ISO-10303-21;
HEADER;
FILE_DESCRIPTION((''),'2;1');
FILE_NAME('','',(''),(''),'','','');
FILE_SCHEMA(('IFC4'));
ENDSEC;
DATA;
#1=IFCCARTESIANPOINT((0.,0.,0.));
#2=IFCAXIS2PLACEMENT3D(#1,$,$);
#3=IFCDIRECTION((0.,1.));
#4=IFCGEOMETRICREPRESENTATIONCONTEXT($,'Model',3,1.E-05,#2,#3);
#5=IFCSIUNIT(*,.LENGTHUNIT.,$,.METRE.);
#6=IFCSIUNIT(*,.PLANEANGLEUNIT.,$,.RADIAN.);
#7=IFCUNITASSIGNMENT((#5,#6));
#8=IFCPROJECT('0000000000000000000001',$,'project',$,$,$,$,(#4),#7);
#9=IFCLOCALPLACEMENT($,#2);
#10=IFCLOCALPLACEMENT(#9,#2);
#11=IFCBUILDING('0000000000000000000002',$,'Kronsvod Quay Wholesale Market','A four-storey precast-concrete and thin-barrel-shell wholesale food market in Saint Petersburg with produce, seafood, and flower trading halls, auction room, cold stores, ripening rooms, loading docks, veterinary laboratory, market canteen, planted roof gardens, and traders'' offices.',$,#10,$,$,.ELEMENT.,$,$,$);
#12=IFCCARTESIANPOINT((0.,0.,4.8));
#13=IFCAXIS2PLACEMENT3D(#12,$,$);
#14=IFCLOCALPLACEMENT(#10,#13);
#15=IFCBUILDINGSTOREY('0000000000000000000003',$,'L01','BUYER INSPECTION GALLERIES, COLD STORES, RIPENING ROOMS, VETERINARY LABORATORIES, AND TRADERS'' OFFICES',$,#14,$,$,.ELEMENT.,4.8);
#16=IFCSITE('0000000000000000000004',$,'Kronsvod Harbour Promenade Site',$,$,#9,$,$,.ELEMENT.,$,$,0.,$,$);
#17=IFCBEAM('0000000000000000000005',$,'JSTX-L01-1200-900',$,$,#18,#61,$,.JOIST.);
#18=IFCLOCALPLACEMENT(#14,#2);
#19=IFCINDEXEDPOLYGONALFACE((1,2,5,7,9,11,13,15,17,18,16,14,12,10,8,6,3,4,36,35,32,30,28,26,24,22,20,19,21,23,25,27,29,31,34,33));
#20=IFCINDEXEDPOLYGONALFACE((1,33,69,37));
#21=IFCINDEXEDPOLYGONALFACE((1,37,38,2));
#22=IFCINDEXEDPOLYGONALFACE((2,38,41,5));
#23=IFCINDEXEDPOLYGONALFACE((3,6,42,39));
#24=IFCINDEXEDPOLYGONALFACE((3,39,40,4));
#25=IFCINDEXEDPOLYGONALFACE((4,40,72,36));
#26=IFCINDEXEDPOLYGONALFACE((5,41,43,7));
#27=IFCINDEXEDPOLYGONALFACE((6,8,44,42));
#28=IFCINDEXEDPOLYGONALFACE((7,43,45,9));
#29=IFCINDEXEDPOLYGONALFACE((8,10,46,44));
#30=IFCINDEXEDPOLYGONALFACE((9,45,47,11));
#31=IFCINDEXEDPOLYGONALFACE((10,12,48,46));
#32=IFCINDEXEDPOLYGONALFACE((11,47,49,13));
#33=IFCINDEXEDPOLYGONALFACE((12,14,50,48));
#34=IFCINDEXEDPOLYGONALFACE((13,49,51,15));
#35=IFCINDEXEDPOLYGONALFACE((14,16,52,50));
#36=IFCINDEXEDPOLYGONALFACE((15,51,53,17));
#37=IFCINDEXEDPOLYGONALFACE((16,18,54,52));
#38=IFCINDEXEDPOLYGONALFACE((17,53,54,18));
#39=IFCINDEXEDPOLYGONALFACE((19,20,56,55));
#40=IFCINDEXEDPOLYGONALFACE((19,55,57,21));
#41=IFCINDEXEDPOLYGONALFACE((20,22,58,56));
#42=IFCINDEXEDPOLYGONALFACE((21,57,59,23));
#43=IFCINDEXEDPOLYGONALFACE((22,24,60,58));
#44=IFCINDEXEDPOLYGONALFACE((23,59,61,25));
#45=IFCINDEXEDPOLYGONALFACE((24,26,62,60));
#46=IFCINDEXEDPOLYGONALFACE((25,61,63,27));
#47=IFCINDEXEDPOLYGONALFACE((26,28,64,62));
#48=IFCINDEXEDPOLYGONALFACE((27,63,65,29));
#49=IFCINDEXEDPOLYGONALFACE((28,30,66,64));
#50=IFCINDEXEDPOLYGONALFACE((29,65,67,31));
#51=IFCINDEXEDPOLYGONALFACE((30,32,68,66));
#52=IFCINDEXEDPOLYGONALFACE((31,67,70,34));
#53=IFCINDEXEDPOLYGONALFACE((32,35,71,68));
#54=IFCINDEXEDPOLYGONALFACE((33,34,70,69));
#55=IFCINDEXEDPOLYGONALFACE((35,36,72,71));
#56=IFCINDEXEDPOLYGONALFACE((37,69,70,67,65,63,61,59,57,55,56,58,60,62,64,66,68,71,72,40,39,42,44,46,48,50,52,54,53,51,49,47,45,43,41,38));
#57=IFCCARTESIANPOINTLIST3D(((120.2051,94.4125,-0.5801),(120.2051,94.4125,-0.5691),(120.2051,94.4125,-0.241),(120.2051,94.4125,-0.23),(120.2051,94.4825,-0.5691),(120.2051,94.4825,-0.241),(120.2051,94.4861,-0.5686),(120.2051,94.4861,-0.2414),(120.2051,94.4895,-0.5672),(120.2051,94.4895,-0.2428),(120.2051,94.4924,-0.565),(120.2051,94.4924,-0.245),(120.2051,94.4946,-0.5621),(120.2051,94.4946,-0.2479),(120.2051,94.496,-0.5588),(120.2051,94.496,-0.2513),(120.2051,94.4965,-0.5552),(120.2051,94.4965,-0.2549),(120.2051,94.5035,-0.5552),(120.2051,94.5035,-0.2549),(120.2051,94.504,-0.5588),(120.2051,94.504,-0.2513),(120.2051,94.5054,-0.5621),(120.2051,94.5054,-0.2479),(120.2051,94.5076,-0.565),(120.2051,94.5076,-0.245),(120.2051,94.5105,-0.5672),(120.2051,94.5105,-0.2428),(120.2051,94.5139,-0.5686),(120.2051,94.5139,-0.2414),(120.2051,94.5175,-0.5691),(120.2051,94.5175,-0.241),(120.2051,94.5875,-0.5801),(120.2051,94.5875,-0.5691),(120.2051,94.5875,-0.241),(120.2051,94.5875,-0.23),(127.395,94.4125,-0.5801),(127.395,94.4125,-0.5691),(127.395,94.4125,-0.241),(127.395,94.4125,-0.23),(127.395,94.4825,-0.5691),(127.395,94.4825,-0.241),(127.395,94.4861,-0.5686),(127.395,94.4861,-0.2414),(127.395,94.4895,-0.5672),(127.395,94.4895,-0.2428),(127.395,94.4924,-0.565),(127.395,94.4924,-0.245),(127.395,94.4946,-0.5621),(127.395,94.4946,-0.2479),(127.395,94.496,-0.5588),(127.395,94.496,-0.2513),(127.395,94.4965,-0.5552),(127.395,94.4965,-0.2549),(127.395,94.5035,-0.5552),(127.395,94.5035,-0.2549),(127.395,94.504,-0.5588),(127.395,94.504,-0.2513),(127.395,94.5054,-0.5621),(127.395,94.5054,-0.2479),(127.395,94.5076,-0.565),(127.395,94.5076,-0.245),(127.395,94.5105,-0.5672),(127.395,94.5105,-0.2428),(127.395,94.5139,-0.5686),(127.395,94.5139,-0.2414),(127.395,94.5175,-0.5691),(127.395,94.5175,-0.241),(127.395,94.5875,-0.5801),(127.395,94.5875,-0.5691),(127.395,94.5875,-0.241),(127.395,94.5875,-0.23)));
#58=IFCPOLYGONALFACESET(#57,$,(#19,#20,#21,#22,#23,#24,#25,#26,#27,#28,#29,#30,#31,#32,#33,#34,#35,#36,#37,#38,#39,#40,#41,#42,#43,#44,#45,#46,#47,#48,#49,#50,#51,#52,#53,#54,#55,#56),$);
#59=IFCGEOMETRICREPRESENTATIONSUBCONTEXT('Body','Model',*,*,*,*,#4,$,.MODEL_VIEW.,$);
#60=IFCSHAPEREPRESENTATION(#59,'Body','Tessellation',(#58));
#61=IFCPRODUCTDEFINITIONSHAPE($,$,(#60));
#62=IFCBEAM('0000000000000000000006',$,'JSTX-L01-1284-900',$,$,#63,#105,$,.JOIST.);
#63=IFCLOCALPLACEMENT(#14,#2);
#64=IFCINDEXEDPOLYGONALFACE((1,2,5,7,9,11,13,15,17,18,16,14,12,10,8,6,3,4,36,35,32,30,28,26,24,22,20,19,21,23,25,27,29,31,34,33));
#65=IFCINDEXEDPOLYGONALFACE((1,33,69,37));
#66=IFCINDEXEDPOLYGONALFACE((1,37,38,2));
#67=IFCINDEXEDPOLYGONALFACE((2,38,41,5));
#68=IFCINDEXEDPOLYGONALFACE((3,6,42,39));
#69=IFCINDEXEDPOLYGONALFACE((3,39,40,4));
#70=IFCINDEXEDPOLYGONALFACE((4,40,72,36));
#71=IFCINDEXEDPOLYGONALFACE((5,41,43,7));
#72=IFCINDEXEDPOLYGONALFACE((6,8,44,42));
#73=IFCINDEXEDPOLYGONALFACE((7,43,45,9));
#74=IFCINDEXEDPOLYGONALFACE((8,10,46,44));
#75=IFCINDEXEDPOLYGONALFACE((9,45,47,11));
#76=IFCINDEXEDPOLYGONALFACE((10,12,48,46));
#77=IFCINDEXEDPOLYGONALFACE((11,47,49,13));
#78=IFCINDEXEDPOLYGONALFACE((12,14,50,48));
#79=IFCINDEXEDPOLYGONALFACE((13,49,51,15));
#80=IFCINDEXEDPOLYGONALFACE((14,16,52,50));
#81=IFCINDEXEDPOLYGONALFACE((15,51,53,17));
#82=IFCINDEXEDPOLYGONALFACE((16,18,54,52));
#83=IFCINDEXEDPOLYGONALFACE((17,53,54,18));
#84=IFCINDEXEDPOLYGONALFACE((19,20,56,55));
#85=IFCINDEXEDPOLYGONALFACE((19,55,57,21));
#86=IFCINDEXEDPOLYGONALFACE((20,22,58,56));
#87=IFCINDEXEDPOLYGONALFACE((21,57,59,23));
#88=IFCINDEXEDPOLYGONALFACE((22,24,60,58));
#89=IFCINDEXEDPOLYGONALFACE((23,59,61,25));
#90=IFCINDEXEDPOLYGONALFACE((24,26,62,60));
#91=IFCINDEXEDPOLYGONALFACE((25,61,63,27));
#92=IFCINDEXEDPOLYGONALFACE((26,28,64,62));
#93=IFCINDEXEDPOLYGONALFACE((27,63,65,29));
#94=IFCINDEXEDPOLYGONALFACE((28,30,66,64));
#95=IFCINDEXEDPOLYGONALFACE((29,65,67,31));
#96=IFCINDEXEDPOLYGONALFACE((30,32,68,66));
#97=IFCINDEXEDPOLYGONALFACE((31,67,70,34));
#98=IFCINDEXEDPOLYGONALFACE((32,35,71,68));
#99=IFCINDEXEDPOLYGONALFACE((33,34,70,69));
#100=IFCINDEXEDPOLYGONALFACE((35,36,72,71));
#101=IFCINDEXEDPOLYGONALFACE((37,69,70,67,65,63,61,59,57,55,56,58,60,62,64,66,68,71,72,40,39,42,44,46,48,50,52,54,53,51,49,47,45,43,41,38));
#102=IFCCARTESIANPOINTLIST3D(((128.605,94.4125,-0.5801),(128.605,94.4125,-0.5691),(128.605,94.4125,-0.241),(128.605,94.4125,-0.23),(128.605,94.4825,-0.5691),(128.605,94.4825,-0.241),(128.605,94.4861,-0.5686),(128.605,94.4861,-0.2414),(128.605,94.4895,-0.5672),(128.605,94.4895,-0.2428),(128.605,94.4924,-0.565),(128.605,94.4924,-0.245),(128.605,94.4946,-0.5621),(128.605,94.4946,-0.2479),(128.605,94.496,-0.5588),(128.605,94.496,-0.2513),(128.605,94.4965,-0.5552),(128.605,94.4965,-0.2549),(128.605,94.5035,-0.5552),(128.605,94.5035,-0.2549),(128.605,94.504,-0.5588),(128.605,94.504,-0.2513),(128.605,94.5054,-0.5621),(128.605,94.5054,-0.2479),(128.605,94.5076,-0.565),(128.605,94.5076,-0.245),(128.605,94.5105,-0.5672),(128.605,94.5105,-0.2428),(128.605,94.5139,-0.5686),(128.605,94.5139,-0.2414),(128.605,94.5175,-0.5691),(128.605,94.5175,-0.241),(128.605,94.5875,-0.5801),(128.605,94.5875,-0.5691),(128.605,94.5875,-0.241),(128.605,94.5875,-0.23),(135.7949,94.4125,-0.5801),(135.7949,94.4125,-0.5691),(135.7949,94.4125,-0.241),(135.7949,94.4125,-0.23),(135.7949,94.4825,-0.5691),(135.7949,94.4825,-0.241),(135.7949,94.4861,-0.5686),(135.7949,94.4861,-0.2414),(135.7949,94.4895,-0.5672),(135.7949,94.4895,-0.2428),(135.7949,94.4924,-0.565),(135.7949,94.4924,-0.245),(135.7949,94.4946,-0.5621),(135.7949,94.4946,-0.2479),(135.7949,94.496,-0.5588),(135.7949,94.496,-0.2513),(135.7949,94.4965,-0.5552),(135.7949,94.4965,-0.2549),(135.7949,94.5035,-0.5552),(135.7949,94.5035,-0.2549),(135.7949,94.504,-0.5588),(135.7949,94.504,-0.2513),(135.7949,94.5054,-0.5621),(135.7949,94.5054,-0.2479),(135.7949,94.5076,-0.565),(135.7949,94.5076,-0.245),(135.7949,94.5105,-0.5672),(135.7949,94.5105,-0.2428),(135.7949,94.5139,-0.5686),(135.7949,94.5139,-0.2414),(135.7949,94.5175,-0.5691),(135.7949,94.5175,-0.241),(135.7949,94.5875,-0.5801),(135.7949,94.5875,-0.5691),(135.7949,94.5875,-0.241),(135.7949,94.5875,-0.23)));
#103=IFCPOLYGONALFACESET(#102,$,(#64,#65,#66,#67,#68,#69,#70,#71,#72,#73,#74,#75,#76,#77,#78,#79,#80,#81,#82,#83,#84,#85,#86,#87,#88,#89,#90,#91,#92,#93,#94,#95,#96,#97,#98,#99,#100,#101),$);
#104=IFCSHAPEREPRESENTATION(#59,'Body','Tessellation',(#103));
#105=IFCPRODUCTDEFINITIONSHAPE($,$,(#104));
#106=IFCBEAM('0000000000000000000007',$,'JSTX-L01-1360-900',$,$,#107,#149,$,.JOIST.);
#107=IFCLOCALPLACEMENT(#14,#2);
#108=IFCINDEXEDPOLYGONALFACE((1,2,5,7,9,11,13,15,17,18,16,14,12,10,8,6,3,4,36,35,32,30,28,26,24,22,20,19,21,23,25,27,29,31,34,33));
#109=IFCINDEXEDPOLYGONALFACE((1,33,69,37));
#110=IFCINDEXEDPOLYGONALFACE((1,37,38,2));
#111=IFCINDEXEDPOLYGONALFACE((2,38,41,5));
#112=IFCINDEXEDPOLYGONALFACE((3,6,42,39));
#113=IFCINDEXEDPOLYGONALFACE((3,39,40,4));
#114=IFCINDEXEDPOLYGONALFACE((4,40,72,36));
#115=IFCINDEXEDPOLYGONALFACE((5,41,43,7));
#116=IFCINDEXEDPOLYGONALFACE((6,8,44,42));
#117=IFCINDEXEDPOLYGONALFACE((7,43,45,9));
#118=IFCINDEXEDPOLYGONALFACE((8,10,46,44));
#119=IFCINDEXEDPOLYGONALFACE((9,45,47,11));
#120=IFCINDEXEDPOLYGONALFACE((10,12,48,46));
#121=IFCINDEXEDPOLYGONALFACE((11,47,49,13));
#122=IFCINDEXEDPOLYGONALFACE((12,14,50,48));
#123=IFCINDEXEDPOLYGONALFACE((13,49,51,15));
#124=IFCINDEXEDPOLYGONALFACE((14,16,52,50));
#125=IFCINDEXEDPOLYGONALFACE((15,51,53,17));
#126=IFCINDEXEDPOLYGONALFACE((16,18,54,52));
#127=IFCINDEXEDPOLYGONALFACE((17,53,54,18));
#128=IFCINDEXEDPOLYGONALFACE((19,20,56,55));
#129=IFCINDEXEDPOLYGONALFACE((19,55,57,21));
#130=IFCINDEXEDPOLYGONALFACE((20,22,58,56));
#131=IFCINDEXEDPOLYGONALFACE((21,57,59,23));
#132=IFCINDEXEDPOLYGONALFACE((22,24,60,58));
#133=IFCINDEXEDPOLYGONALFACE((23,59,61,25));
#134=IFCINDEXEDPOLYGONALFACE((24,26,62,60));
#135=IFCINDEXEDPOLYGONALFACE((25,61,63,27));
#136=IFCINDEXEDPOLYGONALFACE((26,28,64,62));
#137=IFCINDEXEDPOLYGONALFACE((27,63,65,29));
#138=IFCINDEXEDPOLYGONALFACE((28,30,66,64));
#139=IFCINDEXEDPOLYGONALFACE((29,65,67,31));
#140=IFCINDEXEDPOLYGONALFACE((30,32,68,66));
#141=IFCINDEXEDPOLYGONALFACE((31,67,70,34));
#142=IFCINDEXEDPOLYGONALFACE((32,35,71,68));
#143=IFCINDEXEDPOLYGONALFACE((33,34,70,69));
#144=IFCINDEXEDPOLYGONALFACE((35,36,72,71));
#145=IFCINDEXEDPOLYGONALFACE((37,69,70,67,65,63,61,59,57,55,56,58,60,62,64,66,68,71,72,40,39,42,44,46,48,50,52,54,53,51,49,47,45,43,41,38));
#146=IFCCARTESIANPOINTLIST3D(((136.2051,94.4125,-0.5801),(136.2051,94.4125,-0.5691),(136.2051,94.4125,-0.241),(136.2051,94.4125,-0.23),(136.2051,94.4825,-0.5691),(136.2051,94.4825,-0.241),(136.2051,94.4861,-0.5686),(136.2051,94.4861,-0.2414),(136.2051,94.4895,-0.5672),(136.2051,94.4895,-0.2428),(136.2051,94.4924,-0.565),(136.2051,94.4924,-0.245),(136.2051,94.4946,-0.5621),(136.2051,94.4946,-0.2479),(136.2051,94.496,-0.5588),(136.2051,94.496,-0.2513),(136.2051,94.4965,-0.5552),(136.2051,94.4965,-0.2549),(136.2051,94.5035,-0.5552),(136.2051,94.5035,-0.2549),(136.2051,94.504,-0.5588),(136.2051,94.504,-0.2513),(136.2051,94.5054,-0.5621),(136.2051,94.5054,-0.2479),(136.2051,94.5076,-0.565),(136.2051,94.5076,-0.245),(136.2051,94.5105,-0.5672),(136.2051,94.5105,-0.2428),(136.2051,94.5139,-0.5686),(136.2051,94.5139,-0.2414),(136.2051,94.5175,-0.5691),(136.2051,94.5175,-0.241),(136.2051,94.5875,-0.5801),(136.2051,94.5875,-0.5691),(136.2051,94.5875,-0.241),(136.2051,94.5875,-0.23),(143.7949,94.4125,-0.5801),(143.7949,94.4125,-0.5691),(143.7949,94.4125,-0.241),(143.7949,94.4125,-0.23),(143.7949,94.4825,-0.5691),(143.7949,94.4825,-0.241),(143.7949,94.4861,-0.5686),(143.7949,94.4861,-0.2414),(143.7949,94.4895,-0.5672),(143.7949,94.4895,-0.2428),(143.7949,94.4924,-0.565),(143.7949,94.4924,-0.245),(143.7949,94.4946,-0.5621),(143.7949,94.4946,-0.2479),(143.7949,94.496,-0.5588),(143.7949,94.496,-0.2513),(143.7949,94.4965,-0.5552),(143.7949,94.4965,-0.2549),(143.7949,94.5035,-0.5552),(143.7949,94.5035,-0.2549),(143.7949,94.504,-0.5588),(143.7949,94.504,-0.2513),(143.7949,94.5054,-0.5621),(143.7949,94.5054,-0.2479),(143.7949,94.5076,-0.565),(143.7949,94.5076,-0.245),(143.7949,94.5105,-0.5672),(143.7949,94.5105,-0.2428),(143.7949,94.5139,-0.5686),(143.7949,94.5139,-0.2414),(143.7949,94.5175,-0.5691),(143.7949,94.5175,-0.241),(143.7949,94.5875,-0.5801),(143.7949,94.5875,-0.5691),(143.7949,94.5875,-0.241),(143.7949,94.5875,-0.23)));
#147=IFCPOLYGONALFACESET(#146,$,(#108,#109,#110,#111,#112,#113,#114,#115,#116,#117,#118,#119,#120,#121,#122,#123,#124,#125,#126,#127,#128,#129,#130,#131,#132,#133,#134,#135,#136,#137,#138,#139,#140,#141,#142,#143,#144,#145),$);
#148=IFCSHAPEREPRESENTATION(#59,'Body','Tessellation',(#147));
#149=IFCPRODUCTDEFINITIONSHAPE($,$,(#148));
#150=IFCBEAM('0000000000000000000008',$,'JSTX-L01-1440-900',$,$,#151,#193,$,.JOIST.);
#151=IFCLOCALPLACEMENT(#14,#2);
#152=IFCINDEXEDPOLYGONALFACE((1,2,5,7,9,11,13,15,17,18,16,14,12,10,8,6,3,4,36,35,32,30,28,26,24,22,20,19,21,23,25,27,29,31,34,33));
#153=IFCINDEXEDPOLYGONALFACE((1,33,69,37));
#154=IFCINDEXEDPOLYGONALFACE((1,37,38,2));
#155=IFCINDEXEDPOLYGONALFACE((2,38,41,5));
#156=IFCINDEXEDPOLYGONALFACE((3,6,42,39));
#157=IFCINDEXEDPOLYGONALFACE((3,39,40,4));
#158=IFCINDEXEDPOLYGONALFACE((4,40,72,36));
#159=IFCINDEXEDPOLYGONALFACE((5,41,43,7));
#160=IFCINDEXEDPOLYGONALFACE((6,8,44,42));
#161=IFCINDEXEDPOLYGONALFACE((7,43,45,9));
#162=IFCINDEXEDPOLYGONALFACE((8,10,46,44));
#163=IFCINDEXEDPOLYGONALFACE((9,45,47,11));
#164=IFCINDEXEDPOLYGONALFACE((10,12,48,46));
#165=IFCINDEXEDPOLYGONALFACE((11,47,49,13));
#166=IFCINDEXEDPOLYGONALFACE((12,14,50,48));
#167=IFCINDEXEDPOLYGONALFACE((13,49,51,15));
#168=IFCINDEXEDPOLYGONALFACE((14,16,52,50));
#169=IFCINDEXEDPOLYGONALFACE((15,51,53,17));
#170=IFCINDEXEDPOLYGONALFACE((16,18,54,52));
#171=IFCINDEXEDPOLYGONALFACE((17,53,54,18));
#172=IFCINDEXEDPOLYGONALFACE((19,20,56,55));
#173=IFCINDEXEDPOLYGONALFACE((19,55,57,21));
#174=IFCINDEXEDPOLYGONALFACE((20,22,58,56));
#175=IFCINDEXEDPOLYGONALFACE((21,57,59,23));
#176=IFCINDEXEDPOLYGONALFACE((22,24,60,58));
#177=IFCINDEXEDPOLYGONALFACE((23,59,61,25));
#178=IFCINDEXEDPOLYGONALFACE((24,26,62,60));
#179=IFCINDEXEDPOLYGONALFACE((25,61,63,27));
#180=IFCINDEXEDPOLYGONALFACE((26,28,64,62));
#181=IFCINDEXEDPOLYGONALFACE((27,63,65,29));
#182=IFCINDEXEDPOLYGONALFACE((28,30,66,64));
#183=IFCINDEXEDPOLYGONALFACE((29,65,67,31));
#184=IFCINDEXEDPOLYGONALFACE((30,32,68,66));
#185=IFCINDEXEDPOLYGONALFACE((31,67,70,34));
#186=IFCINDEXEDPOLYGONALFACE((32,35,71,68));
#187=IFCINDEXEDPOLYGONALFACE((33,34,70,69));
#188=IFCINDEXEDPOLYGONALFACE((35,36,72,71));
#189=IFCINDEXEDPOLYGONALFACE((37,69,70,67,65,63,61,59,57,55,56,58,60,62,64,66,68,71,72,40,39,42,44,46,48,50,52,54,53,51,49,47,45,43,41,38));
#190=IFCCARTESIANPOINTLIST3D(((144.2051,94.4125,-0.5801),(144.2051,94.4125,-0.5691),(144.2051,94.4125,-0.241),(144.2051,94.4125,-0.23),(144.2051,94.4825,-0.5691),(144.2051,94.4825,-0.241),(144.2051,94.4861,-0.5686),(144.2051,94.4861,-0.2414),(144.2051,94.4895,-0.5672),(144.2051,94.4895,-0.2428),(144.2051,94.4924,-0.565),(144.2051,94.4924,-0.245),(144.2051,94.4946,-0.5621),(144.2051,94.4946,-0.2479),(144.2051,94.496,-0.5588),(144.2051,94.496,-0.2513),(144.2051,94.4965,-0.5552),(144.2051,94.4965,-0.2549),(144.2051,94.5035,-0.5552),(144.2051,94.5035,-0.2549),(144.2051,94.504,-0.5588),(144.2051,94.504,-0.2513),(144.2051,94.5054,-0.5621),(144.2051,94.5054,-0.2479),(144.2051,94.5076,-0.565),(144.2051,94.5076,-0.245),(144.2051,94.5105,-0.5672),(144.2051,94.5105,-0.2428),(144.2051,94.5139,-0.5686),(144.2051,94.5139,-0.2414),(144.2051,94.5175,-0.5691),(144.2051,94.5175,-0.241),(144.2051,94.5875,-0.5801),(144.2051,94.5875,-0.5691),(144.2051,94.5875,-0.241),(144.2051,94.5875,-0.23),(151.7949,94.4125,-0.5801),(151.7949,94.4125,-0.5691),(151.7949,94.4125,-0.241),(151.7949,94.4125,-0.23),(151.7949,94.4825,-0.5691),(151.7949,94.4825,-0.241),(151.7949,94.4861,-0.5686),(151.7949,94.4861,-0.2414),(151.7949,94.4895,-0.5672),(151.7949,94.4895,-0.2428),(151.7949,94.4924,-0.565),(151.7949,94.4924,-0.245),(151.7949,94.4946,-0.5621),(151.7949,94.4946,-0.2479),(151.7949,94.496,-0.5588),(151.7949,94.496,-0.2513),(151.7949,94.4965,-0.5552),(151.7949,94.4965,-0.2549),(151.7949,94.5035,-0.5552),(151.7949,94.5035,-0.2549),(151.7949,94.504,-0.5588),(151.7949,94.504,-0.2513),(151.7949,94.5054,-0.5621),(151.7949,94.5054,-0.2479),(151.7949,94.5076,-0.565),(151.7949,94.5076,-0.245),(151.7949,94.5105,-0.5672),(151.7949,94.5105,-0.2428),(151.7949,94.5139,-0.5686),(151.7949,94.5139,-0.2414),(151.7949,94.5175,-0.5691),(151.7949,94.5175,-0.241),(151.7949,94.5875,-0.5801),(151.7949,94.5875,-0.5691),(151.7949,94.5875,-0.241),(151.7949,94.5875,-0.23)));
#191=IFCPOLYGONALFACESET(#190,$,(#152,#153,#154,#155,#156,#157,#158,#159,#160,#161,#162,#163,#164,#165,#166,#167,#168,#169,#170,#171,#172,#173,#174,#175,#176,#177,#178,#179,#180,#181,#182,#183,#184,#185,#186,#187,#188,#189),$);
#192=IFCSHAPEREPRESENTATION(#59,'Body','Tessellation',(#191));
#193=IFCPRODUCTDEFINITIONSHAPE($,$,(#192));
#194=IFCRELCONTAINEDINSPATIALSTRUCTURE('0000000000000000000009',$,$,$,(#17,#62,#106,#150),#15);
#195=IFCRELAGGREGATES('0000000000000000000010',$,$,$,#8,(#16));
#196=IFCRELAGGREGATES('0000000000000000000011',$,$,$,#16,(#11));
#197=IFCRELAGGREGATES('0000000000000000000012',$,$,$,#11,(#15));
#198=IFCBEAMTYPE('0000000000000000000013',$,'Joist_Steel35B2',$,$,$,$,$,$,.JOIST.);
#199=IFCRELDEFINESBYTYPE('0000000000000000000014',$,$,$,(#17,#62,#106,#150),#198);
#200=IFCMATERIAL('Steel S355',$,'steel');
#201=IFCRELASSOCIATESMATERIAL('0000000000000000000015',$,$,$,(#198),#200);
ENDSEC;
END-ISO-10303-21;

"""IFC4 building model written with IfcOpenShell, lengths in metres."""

from ifc_helpers import new_model, si_unit, direction, frame, origin, origin_2d, place, context, subcontext, project, spatial, i_section, extrude, material, material_profile, profile_set, type_object, element, save


model = new_model("IFC4")

# Units and contexts
model_context = context("Model", 3, precision=1e-05, world=origin(), true_north=direction((0.0, 1.0)))
body_context = subcontext(model_context, "Body", "Model", "MODEL_VIEW")
ifc_project = project(units=[si_unit("LENGTHUNIT", "METRE"), si_unit("PLANEANGLEUNIT", "RADIAN")], contexts=[model_context])

# Site, building, storey
site_placement = place(None, origin())
site = spatial("IfcSite", under=ifc_project, at=site_placement, Name="Kronsvod Harbour Promenade Site", CompositionType="ELEMENT", RefElevation=0.0)
building_placement = place(site_placement, origin())
building = spatial("IfcBuilding", under=site, at=building_placement, Name="Kronsvod Quay Wholesale Market", Description="A four-storey precast-concrete and thin-barrel-shell wholesale food market in Saint Petersburg with produce, seafood, and flower trading halls, auction room, cold stores, ripening rooms, loading docks, veterinary laboratory, market canteen, planted roof gardens, and traders' offices.", CompositionType="ELEMENT")
storey_placement = place(building_placement, frame((0.0, 0.0, 4.8)))
storey = spatial("IfcBuildingStorey", under=building, at=storey_placement, Name="L01", Description="BUYER INSPECTION GALLERIES, COLD STORES, RIPENING ROOMS, VETERINARY LABORATORIES, AND TRADERS' OFFICES", CompositionType="ELEMENT", Elevation=4.8)

# Beams
ifc_material_1 = material(Name="Steel S355", Category="steel")
ifc_material_profile_1 = material_profile(ifc_material_1, i_section(OverallWidth=0.175, OverallDepth=0.3501, WebThickness=0.0071, FlangeThickness=0.011, FilletRadius=0.0139, at=origin_2d()), Name="35B2")
ifc_profile_set_1 = profile_set([ifc_material_profile_1], Name="Steel S355")
beam_type_1 = type_object("IfcBeamType", Name="Joist_Steel35B2", PredefinedType="JOIST", material=ifc_profile_set_1)
for number, where, z_axis, x_axis, name in (
    (1, (120.2051, 94.5, -0.405), (1.0, 0.0, 0.0), (0.0, 1.0, 0.0), "JSTX-L01-1200-900"),
    (2, (128.605, 94.5, -0.405), (1.0, 0.0, 0.0), (0.0, 1.0, 0.0), "JSTX-L01-1284-900"),
):
    element("IfcBeam", number, at=place(storey_placement, frame(where, z_axis=z_axis, x_axis=x_axis)), inside=storey, type_object=beam_type_1, Name=name, PredefinedType="JOIST", context=body_context, shape_type="SweptSolid", body=[
        extrude(i_section(OverallWidth=0.175, OverallDepth=0.3501, WebThickness=0.0071, FlangeThickness=0.011, FilletRadius=0.0139, at=origin_2d()), origin(), (0.0, 0.0, 1.0), 7.1899),
    ])
for number, where, z_axis, x_axis, name in (
    (3, (136.2051, 94.5, -0.405), (1.0, 0.0, 0.0), (0.0, 1.0, 0.0), "JSTX-L01-1360-900"),
    (4, (144.2051, 94.5, -0.405), (1.0, 0.0, 0.0), (0.0, 1.0, 0.0), "JSTX-L01-1440-900"),
):
    element("IfcBeam", number, at=place(storey_placement, frame(where, z_axis=z_axis, x_axis=x_axis)), inside=storey, type_object=beam_type_1, Name=name, PredefinedType="JOIST", context=body_context, shape_type="SweptSolid", body=[
        extrude(i_section(OverallWidth=0.175, OverallDepth=0.3501, WebThickness=0.0071, FlangeThickness=0.011, FilletRadius=0.0139, at=origin_2d()), origin(), (0.0, 0.0, 1.0), 7.5898),
    ])

save(model, "model.ifc")
